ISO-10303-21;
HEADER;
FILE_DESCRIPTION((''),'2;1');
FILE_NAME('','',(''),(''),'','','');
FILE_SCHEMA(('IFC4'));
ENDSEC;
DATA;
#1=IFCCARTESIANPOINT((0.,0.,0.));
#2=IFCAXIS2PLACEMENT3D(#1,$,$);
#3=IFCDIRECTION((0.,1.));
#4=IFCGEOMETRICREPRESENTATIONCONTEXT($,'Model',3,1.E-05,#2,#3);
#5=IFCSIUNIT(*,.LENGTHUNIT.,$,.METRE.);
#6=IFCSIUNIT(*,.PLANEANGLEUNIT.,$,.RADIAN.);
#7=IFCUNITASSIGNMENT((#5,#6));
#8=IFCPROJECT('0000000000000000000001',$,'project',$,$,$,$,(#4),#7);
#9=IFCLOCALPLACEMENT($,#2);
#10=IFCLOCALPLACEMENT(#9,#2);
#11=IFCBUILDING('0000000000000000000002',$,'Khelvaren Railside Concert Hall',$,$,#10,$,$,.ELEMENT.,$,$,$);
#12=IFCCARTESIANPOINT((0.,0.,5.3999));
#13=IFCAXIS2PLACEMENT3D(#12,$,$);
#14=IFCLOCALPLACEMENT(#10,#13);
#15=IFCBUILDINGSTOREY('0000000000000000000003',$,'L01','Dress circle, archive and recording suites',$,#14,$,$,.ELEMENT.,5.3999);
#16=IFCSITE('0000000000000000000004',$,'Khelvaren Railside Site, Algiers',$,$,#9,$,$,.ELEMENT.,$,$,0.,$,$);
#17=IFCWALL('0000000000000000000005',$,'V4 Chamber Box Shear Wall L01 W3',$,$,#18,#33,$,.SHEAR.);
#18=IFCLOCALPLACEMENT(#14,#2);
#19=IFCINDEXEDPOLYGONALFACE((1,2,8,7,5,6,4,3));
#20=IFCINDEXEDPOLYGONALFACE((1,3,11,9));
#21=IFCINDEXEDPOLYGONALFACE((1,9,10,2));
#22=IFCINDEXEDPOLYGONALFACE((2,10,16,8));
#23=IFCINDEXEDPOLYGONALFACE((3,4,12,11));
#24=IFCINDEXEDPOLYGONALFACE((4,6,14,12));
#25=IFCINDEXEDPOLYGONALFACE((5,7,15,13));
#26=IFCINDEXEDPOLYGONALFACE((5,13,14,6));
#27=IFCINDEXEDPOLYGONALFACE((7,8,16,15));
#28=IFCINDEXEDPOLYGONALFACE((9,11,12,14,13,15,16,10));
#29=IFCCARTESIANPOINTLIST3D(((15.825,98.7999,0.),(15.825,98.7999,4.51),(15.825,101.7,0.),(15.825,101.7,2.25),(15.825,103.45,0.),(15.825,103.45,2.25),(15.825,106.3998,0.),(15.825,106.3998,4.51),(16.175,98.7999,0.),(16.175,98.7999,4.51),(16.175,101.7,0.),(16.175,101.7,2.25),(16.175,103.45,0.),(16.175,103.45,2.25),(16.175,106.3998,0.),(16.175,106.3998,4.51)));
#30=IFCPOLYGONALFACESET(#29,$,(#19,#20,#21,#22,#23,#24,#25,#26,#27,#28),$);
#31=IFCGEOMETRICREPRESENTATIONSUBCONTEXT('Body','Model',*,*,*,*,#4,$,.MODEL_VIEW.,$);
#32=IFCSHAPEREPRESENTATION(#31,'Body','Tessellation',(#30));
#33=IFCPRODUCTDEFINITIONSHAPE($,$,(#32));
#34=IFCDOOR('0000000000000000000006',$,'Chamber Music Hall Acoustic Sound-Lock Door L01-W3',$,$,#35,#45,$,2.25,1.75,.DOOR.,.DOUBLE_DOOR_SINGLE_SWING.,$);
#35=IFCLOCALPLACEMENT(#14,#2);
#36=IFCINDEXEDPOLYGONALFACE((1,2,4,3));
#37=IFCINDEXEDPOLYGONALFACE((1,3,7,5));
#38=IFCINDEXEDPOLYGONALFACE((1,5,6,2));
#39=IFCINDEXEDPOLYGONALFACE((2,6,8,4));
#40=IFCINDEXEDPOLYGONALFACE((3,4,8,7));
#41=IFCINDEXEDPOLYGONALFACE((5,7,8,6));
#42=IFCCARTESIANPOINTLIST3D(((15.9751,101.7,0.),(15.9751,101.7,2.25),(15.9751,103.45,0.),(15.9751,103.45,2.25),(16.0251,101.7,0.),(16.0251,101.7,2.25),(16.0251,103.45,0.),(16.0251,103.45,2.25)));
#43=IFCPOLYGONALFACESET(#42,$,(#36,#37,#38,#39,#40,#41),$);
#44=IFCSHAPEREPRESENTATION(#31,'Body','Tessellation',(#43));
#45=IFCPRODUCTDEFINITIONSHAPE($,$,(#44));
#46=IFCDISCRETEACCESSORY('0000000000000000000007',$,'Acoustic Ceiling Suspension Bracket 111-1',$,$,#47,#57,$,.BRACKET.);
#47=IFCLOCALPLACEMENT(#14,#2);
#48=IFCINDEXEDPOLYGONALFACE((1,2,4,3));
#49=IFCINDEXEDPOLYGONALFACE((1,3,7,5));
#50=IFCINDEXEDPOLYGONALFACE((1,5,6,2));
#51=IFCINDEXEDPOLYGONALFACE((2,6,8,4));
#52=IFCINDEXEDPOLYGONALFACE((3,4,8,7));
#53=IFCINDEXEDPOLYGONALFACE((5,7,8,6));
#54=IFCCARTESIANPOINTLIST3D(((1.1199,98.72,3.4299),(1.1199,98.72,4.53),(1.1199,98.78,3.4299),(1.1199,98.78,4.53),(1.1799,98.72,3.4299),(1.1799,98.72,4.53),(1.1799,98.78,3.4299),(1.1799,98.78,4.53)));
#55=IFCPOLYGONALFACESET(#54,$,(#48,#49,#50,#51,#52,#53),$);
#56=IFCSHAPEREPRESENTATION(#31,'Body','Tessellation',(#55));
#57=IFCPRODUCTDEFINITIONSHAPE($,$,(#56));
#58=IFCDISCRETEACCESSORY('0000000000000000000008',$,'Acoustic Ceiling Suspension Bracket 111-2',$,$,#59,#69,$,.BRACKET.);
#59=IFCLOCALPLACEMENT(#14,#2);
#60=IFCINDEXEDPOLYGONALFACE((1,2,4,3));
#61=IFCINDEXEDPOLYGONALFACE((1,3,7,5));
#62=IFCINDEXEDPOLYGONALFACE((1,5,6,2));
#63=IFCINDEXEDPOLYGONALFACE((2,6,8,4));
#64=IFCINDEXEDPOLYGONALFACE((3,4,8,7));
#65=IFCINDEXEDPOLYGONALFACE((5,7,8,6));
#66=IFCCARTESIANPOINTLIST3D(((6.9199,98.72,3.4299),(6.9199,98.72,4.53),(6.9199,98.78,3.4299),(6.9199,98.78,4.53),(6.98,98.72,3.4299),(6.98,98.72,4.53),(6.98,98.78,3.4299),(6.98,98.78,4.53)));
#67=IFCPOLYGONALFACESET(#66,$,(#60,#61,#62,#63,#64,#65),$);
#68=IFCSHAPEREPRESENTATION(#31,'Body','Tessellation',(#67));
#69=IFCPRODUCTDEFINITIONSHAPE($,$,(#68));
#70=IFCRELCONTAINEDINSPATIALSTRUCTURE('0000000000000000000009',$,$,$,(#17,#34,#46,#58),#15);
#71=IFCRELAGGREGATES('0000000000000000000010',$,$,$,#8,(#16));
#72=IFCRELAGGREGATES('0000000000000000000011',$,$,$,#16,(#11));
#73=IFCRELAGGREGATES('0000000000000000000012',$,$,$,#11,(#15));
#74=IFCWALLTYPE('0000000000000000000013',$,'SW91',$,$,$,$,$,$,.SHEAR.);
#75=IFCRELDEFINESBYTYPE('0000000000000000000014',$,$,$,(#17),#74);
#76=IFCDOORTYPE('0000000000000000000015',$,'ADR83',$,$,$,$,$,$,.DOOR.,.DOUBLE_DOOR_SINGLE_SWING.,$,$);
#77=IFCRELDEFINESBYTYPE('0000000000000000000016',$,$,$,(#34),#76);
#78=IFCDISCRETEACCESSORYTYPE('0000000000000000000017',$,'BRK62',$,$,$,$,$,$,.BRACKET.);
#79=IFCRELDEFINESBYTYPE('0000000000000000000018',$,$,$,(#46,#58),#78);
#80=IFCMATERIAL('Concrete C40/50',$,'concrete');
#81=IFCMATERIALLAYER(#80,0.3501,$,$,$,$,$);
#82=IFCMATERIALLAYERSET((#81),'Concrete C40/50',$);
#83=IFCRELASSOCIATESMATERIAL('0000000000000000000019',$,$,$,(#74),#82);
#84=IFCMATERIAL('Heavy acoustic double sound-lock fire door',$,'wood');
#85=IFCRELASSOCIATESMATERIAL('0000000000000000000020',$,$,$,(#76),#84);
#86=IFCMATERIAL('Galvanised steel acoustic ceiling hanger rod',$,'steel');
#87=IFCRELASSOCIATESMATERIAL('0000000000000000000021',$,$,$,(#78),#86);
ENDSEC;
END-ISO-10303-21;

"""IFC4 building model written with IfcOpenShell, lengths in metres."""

from ifc_helpers import new_model, si_unit, direction, frame, frame_2d, origin, origin_2d, place, context, subcontext, project, spatial, rectangle, extrude, material, layer, layer_set, type_object, element, fill, save


model = new_model("IFC4")

# Units and contexts
model_context = context("Model", 3, precision=1e-05, world=origin(), true_north=direction((0.0, 1.0)))
body_context = subcontext(model_context, "Body", "Model", "MODEL_VIEW")
ifc_project = project(units=[si_unit("LENGTHUNIT", "METRE"), si_unit("PLANEANGLEUNIT", "RADIAN")], contexts=[model_context])

# Site, building, storey
site_placement = place(None, origin())
site = spatial("IfcSite", under=ifc_project, at=site_placement, Name="Khelvaren Railside Site, Algiers", CompositionType="ELEMENT", RefElevation=0.0)
building_placement = place(site_placement, origin())
building = spatial("IfcBuilding", under=site, at=building_placement, Name="Khelvaren Railside Concert Hall", CompositionType="ELEMENT")
storey_placement = place(building_placement, frame((0.0, 0.0, 5.3999)))
storey = spatial("IfcBuildingStorey", under=building, at=storey_placement, Name="L01", Description="Dress circle, archive and recording suites", CompositionType="ELEMENT", Elevation=5.3999)

# Shared definitions
ifc_material_1 = material(Name="Concrete C40/50", Category="concrete")

# Shared definitions
ifc_layer_1 = layer(ifc_material_1, 0.3501)
ifc_layer_set_1 = layer_set([ifc_layer_1], Name="Concrete C40/50")
wall_type_1 = type_object("IfcWallType", Name="SW91", PredefinedType="SHEAR", material=ifc_layer_set_1)

# Wall, opening, door
wall_1_placement = place(storey_placement, frame((16.0, 98.8, 0.0), z_axis=(0.0, 0.0, 1.0), x_axis=(0.0, 1.0, 0.0)))
wall_1 = element("IfcWall", 1, at=wall_1_placement, inside=storey, type_object=wall_type_1, Name="V4 Chamber Box Shear Wall L01 W3", PredefinedType="SHEAR", context=body_context, shape_type="SweptSolid", body=[
    extrude(rectangle(XDim=7.5999, YDim=0.3501, at=frame_2d((3.7998, 0.0))), origin(), (0.0, 0.0, 1.0), 4.51),
])
opening_1_placement = place(wall_1_placement, frame((2.8999, 0.0, 0.0)))
opening_1 = element("IfcOpeningElement", 2, at=opening_1_placement, cuts=wall_1, PredefinedType="OPENING", context=body_context, shape_type="SweptSolid", body=[
    extrude(rectangle(XDim=1.75, YDim=2.25, at=frame_2d((0.875, 1.125))), frame((0.0, 0.1851, 0.0), z_axis=(0.0, -1.0, 0.0), x_axis=(1.0, 0.0, 0.0)), (0.0, 0.0, 1.0), 0.3701),
])
ifc_material_2 = material(Name="Heavy acoustic double sound-lock fire door", Category="wood")
door_type = type_object("IfcDoorType", Name="ADR83", OperationType="DOUBLE_DOOR_SINGLE_SWING", PredefinedType="DOOR", material=ifc_material_2)
door_placement = place(opening_1_placement, origin())
door = element("IfcDoor", 3, at=door_placement, inside=storey, type_object=door_type, Name="Chamber Music Hall Acoustic Sound-Lock Door L01-W3", OperationType="DOUBLE_DOOR_SINGLE_SWING", OverallHeight=2.25, OverallWidth=1.75, PredefinedType="DOOR", context=body_context, shape_type="SweptSolid", body=[
    extrude(rectangle(XDim=1.75, YDim=2.25, at=frame_2d((0.875, 1.125))), frame((0.0, 0.0249, 0.0), z_axis=(0.0, -1.0, 0.0), x_axis=(1.0, 0.0, 0.0)), (0.0, 0.0, 1.0), 0.05),
])
fill(opening_1, door)

# Discrete accessories
ifc_material_3 = material(Name="Galvanised steel acoustic ceiling hanger rod", Category="steel")
discrete_accessory_type = type_object("IfcDiscreteAccessoryType", Name="BRK62", PredefinedType="BRACKET", material=ifc_material_3)
for number, where, z_axis, x_axis, name in (
    (4, (1.1499, 98.75, 3.4299), (0.0, 0.0, 1.0), (1.0, 0.0, 0.0), "Acoustic Ceiling Suspension Bracket 111-1"),
    (5, (6.95, 98.75, 3.4299), (0.0, 0.0, 1.0), (1.0, 0.0, 0.0), "Acoustic Ceiling Suspension Bracket 111-2"),
):
    element("IfcDiscreteAccessory", number, at=place(storey_placement, frame(where, z_axis=z_axis, x_axis=x_axis)), inside=storey, type_object=discrete_accessory_type, Name=name, PredefinedType="BRACKET", context=body_context, shape_type="SweptSolid", body=[
        extrude(rectangle(XDim=0.0601, YDim=0.0601, at=origin_2d()), origin(), (0.0, 0.0, 1.0), 1.1001),
    ])

save(model, "model.ifc")
